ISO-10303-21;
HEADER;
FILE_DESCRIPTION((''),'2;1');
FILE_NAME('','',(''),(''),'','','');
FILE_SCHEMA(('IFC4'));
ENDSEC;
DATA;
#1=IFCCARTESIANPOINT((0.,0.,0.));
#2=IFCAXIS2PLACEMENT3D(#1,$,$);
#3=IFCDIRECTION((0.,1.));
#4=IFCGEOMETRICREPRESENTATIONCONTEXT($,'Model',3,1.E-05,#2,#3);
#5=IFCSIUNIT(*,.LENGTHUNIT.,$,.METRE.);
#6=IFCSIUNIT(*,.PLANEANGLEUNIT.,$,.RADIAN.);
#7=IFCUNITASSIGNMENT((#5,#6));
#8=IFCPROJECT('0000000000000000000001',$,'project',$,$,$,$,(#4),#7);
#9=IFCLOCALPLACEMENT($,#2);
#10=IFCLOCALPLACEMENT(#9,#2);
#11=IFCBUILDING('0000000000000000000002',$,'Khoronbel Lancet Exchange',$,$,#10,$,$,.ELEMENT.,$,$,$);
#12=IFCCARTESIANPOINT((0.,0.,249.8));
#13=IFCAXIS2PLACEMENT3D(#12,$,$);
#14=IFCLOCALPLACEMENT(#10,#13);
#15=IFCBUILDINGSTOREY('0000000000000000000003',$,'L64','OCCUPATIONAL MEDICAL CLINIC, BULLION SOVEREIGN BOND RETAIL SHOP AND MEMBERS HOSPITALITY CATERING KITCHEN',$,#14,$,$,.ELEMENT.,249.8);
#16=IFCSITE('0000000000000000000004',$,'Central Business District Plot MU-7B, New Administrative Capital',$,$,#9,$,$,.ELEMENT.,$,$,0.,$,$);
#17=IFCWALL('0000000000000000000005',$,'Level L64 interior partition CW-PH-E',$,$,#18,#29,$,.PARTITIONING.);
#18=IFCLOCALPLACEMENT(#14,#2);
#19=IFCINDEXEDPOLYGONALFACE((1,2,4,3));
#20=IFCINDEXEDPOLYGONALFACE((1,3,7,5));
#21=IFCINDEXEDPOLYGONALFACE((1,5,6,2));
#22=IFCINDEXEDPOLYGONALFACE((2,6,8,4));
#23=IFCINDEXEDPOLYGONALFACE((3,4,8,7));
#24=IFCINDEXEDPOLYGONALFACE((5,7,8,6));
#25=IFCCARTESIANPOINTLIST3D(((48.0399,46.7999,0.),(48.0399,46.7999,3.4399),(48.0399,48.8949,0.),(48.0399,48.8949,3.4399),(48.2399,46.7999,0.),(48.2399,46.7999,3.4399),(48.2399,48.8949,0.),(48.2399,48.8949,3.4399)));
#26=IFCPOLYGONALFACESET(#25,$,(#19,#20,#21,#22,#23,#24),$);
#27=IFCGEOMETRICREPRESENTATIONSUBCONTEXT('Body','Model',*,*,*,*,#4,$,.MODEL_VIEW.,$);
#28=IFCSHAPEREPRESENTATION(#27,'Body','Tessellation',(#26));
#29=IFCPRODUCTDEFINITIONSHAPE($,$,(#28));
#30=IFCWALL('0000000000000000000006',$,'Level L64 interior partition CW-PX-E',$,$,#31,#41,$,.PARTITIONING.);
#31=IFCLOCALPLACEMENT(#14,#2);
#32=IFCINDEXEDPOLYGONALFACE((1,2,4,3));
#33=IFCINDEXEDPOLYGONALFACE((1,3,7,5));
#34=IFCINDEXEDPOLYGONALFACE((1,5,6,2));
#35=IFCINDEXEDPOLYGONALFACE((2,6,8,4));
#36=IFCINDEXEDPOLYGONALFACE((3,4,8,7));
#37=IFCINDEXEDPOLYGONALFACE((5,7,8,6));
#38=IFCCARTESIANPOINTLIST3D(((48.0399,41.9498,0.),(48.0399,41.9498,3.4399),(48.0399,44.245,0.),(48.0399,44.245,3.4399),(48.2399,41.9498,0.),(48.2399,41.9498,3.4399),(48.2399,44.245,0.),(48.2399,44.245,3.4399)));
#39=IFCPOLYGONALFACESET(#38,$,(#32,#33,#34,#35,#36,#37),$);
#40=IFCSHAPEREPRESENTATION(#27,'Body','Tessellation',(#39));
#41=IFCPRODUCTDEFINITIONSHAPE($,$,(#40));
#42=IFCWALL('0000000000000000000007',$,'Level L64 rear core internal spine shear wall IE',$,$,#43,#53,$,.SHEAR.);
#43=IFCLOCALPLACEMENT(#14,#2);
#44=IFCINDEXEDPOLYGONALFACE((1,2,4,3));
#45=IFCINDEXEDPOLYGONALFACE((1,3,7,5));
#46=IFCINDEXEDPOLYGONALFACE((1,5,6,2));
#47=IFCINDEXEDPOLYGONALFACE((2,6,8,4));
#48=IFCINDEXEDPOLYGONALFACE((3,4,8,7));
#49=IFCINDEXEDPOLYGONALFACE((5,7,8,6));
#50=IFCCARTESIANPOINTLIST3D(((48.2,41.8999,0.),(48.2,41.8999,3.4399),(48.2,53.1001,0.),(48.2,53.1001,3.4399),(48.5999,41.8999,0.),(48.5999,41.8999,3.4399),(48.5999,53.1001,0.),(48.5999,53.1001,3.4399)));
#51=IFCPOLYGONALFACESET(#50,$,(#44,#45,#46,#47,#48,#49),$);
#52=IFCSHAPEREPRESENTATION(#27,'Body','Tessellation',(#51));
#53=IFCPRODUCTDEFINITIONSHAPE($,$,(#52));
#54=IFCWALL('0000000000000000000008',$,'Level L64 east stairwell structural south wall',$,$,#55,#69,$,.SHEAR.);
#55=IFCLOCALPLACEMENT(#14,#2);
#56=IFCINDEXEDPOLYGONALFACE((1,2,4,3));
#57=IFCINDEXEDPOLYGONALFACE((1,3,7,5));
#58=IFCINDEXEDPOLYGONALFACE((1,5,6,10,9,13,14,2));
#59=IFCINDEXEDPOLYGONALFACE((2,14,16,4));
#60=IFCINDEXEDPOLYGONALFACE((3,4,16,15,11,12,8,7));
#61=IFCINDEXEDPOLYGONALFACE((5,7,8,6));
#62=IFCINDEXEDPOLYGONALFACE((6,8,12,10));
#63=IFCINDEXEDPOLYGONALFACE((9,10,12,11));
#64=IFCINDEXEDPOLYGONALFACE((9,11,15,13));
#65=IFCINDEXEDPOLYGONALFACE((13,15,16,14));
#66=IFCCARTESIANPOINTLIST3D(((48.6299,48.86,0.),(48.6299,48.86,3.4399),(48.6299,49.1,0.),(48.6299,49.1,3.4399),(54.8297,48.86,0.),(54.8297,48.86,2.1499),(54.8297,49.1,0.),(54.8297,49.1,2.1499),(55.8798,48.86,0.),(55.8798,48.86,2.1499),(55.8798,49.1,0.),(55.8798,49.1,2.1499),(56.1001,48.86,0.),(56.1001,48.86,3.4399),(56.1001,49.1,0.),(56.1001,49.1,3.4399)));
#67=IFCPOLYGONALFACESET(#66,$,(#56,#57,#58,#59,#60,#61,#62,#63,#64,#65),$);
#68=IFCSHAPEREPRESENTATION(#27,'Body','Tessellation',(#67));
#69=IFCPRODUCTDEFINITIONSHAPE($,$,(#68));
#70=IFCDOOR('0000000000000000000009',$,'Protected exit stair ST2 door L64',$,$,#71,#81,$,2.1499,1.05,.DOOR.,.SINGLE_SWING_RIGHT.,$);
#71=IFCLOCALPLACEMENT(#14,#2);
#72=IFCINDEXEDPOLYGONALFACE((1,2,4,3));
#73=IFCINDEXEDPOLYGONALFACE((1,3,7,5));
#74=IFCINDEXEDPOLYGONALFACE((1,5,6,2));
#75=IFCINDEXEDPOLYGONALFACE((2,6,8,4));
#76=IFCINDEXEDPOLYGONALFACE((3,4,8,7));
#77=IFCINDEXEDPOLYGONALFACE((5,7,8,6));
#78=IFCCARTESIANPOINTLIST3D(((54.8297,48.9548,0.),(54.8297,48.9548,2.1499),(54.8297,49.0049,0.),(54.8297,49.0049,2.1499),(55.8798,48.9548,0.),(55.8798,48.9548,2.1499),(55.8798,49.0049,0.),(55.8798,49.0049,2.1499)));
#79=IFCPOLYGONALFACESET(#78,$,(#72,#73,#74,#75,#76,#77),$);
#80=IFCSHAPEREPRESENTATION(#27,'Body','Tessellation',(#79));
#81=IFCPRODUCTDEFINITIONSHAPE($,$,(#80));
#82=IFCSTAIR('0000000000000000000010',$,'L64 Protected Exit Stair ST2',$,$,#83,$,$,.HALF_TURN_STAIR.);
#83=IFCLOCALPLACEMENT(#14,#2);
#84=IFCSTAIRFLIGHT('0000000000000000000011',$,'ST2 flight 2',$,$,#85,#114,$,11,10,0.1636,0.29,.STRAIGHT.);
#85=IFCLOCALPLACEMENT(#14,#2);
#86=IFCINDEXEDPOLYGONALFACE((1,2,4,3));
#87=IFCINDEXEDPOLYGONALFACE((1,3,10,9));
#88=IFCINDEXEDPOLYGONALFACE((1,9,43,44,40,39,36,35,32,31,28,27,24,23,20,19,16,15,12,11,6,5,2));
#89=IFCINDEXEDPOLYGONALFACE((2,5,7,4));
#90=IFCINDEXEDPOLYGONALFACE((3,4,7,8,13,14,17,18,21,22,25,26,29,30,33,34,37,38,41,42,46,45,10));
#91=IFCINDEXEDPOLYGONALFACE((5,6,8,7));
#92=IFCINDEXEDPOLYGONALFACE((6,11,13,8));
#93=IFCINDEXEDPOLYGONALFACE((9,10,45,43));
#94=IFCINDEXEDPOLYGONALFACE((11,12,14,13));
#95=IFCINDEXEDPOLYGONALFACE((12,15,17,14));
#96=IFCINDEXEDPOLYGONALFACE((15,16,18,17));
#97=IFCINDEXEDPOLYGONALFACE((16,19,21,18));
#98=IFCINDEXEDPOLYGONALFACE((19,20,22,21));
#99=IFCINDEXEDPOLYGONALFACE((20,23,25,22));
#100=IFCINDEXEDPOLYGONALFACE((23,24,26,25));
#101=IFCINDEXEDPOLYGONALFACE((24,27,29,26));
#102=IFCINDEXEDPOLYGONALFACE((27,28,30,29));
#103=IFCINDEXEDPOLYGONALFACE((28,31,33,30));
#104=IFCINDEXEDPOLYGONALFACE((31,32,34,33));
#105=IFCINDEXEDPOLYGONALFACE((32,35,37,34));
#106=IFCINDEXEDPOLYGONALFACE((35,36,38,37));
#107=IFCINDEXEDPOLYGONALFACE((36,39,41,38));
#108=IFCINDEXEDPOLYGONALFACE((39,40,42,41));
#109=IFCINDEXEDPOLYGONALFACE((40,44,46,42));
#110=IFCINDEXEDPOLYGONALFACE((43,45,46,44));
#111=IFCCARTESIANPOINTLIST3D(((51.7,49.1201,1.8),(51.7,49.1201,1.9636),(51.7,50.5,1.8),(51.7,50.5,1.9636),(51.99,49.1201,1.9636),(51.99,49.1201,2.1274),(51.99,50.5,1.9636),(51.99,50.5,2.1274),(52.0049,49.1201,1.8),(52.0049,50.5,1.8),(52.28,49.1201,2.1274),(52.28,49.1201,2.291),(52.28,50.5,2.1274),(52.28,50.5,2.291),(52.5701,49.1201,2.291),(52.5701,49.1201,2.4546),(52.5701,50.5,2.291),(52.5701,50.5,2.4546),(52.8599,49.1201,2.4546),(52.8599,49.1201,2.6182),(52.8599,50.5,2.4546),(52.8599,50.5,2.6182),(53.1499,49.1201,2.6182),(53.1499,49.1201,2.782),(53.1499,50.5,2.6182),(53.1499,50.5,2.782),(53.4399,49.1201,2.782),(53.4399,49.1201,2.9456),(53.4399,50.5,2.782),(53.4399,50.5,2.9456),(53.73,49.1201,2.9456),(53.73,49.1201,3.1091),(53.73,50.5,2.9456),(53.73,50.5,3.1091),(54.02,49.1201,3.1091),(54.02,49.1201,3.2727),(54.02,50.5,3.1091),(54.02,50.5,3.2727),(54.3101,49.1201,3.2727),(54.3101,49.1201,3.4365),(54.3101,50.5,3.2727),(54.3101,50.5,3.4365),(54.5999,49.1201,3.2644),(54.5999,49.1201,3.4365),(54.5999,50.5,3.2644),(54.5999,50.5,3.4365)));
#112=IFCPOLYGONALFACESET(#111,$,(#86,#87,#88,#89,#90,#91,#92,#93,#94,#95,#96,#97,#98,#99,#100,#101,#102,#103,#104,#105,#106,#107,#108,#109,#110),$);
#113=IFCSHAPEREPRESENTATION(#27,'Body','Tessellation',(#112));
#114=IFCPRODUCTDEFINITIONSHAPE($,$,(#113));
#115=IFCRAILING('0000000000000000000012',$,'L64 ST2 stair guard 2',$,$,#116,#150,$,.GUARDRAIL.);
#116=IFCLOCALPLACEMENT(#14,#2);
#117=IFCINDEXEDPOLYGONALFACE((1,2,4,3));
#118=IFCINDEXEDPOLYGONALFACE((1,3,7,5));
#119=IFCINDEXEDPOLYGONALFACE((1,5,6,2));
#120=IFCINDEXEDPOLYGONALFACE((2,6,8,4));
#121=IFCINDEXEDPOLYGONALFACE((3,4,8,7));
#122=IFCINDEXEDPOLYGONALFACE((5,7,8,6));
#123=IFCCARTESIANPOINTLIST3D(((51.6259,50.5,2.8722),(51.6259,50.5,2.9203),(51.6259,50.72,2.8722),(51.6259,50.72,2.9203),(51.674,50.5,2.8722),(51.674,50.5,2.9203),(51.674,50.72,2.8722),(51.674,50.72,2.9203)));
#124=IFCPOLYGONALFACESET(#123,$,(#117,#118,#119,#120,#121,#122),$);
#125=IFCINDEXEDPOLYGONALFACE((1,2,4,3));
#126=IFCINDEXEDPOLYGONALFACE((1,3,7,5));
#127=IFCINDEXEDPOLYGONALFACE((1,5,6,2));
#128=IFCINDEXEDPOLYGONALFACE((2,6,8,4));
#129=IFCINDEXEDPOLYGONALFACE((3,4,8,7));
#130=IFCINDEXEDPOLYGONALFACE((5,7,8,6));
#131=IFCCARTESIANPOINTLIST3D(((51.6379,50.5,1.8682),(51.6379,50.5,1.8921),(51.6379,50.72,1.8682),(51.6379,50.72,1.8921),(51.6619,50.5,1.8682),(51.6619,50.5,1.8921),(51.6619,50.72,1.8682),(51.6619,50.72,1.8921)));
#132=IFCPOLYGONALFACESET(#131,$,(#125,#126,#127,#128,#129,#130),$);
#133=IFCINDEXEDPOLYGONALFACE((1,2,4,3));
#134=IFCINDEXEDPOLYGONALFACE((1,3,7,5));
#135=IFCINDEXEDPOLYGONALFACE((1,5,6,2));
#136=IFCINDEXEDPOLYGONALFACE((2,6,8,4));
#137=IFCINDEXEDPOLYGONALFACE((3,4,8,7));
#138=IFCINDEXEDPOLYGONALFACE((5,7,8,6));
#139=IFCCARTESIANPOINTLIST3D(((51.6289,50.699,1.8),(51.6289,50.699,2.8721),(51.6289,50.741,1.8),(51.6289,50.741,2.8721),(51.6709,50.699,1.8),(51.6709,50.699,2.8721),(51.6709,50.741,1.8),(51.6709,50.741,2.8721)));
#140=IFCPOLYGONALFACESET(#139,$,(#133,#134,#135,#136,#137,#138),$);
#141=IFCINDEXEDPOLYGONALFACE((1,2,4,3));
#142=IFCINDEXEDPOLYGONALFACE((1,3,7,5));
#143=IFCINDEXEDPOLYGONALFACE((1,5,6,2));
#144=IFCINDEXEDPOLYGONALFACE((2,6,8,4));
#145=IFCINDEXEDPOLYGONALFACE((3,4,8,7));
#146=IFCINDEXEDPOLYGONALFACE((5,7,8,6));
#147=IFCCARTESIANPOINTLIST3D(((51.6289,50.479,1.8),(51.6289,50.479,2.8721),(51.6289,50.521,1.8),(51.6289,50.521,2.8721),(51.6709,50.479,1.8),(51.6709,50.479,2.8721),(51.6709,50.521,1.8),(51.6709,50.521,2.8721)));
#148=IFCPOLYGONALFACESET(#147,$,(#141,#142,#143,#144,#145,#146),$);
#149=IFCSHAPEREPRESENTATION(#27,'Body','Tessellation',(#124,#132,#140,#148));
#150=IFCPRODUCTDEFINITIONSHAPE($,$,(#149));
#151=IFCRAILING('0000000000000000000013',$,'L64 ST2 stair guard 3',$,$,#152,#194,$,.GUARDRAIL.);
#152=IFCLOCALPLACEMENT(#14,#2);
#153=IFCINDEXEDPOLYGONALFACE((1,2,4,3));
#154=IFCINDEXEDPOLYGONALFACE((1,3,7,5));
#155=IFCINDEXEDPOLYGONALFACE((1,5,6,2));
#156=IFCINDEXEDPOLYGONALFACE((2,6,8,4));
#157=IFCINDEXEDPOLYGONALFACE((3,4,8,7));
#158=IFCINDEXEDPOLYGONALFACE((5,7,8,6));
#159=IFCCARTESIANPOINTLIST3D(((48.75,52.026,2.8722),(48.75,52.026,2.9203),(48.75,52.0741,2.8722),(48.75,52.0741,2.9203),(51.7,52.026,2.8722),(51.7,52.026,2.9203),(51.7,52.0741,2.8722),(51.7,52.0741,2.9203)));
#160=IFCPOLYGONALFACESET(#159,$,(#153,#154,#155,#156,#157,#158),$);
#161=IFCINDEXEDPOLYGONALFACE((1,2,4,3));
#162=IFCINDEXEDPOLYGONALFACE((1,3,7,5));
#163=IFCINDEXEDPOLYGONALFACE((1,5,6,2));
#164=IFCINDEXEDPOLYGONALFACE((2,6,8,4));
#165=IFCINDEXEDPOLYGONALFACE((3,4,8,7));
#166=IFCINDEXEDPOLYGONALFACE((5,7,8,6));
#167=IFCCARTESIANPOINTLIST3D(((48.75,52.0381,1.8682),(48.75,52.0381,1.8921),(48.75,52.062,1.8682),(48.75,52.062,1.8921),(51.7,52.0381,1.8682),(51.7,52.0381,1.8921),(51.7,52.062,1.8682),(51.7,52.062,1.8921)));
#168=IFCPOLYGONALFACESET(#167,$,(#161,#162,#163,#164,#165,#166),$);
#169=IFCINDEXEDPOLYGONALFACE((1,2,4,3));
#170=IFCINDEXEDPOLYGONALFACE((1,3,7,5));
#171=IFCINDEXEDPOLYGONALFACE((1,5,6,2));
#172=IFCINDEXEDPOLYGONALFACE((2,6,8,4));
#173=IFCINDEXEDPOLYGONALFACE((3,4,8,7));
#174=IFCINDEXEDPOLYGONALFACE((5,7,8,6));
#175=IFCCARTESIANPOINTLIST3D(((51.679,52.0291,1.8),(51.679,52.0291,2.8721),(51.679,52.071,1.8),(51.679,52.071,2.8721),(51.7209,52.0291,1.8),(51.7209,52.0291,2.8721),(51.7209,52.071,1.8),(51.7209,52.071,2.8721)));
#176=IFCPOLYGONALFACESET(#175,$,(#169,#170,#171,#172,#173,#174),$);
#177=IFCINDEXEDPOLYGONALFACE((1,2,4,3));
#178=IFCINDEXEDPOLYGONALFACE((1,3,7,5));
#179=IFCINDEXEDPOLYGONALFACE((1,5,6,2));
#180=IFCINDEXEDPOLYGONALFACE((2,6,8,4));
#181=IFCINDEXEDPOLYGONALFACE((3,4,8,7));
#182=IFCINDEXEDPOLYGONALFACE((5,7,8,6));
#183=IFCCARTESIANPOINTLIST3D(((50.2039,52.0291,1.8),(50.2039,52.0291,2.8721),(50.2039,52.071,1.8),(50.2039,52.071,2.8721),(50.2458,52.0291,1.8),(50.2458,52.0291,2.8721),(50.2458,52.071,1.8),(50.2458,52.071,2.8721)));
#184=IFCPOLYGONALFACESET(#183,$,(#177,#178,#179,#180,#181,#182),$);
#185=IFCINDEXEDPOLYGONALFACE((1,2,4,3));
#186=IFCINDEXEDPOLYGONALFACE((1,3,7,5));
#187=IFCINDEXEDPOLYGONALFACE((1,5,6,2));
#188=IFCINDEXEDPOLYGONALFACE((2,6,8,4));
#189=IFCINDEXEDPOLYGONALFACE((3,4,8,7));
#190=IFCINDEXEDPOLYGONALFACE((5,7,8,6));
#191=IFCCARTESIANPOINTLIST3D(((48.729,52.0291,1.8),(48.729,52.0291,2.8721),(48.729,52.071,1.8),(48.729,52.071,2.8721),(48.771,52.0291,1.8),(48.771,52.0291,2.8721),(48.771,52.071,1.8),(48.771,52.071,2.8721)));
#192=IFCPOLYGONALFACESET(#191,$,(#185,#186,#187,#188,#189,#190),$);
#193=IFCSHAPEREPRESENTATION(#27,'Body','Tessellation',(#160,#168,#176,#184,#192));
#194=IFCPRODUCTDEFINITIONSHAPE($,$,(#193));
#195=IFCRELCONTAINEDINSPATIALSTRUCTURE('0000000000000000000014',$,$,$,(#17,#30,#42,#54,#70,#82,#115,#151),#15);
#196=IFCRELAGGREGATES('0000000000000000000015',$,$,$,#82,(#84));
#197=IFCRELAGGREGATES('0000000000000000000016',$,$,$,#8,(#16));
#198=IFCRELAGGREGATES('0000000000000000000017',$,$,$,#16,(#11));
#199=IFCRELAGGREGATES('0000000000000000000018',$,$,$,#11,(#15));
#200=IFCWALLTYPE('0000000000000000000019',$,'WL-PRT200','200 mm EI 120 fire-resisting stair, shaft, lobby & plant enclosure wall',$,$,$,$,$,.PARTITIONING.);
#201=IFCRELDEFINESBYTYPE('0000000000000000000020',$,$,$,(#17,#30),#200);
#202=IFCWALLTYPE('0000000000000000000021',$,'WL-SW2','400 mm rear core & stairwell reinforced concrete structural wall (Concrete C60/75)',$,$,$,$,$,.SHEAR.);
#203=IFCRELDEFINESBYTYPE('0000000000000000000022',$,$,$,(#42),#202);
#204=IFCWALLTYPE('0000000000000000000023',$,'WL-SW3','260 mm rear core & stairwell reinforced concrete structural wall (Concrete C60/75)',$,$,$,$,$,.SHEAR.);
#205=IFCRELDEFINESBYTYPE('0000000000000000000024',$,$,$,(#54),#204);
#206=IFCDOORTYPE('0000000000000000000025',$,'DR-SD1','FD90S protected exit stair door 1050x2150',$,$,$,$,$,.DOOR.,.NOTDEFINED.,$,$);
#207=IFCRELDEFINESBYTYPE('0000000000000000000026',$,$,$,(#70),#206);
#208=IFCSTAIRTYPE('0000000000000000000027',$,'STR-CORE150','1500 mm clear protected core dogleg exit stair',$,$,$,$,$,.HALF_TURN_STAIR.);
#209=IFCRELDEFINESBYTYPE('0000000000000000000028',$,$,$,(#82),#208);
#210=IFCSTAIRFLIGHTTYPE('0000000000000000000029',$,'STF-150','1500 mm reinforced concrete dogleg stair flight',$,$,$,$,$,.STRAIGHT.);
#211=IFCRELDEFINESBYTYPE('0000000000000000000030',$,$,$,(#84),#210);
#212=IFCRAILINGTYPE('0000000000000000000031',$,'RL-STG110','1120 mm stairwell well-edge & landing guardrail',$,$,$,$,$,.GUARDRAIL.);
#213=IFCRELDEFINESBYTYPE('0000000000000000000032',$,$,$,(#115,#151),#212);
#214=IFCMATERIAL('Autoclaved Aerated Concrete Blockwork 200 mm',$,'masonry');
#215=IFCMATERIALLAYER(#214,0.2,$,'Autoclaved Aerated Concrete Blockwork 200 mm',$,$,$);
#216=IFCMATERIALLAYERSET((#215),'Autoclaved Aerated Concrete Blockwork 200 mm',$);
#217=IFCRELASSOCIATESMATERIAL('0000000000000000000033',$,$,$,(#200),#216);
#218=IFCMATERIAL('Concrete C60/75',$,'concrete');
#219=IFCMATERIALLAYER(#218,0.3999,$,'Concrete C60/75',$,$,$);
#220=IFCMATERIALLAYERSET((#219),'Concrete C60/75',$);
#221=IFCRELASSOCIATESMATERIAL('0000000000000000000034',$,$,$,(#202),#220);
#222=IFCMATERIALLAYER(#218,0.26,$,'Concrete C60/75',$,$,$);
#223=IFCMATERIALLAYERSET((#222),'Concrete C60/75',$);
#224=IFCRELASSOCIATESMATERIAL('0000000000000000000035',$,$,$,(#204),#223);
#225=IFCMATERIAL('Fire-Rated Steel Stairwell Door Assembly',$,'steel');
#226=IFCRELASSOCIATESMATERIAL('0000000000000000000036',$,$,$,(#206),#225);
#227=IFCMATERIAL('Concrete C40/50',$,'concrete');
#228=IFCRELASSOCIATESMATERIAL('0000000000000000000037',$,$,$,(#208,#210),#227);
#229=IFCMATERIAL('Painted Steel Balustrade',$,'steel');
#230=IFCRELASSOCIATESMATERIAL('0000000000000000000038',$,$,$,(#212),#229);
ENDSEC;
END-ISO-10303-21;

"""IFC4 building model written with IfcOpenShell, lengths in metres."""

from ifc_helpers import new_model, si_unit, direction, frame, frame_2d, origin, origin_2d, place, context, subcontext, project, spatial, polyline, rectangle, outline, extrude, material, layer, layer_set, type_object, element, fill, aggregate, save


model = new_model("IFC4")

# Units and contexts
model_context = context("Model", 3, precision=1e-05, world=origin(), true_north=direction((0.0, 1.0)))
body_context = subcontext(model_context, "Body", "Model", "MODEL_VIEW")
ifc_project = project(units=[si_unit("LENGTHUNIT", "METRE"), si_unit("PLANEANGLEUNIT", "RADIAN")], contexts=[model_context])

# Site, building, storey
site_placement = place(None, origin())
site = spatial("IfcSite", under=ifc_project, at=site_placement, Name="Central Business District Plot MU-7B, New Administrative Capital", CompositionType="ELEMENT", RefElevation=0.0)
building_placement = place(site_placement, origin())
building = spatial("IfcBuilding", under=site, at=building_placement, Name="Khoronbel Lancet Exchange", CompositionType="ELEMENT")
storey_placement = place(building_placement, frame((0.0, 0.0, 249.8)))
storey = spatial("IfcBuildingStorey", under=building, at=storey_placement, Name="L64", Description="OCCUPATIONAL MEDICAL CLINIC, BULLION SOVEREIGN BOND RETAIL SHOP AND MEMBERS HOSPITALITY CATERING KITCHEN", CompositionType="ELEMENT", Elevation=249.8)

# Shared definitions
ifc_material_1 = material(Name="Autoclaved Aerated Concrete Blockwork 200 mm", Category="masonry")
ifc_layer_1 = layer(ifc_material_1, 0.2, Name="Autoclaved Aerated Concrete Blockwork 200 mm")
ifc_layer_set_1 = layer_set([ifc_layer_1], Name="Autoclaved Aerated Concrete Blockwork 200 mm")
wall_type_1 = type_object("IfcWallType", Name="WL-PRT200", Description="200 mm EI 120 fire-resisting stair, shaft, lobby & plant enclosure wall", PredefinedType="PARTITIONING", material=ifc_layer_set_1)

# Walls
wall_1_placement = place(storey_placement, frame((48.1399, 46.8, 0.0), z_axis=(0.0, 0.0, 1.0), x_axis=(0.0, 1.0, 0.0)))
element("IfcWall", 1, at=wall_1_placement, inside=storey, type_object=wall_type_1, Name="Level L64 interior partition CW-PH-E", PredefinedType="PARTITIONING", context=body_context, shape_type="SweptSolid", body=[
    extrude(rectangle(XDim=2.095, YDim=0.2, at=frame_2d((1.0474, 0.0))), origin(), (0.0, 0.0, 1.0), 3.4399),
])
wall_2_placement = place(storey_placement, frame((48.1399, 41.95, 0.0), z_axis=(0.0, 0.0, 1.0), x_axis=(0.0, 1.0, 0.0)))
element("IfcWall", 2, at=wall_2_placement, inside=storey, type_object=wall_type_1, Name="Level L64 interior partition CW-PX-E", PredefinedType="PARTITIONING", context=body_context, shape_type="SweptSolid", body=[
    extrude(rectangle(XDim=2.2952, YDim=0.2, at=frame_2d((1.1475, 0.0))), origin(), (0.0, 0.0, 1.0), 3.4399),
])
ifc_material_2 = material(Name="Concrete C60/75", Category="concrete")
ifc_layer_2 = layer(ifc_material_2, 0.3999, Name="Concrete C60/75")
ifc_layer_set_2 = layer_set([ifc_layer_2], Name="Concrete C60/75")
wall_type_2 = type_object("IfcWallType", Name="WL-SW2", Description="400 mm rear core & stairwell reinforced concrete structural wall (Concrete C60/75)", PredefinedType="SHEAR", material=ifc_layer_set_2)
wall_3_placement = place(storey_placement, frame((48.3999, 41.8999, 0.0), z_axis=(0.0, 0.0, 1.0), x_axis=(0.0, 1.0, 0.0)))
element("IfcWall", 3, at=wall_3_placement, inside=storey, type_object=wall_type_2, Name="Level L64 rear core internal spine shear wall IE", PredefinedType="SHEAR", context=body_context, shape_type="SweptSolid", body=[
    extrude(rectangle(XDim=11.2002, YDim=0.3999, at=frame_2d((5.6001, 0.0))), origin(), (0.0, 0.0, 1.0), 3.4399),
])

# Wall, opening, door
ifc_layer_3 = layer(ifc_material_2, 0.26, Name="Concrete C60/75")
ifc_layer_set_3 = layer_set([ifc_layer_3], Name="Concrete C60/75")
wall_type_3 = type_object("IfcWallType", Name="WL-SW3", Description="260 mm rear core & stairwell reinforced concrete structural wall (Concrete C60/75)", PredefinedType="SHEAR", material=ifc_layer_set_3)
wall_4_placement = place(storey_placement, frame((48.6299, 48.98, 0.0), z_axis=(0.0, 0.0, 1.0), x_axis=(1.0, 0.0, 0.0)))
wall_4 = element("IfcWall", 4, at=wall_4_placement, inside=storey, type_object=wall_type_3, Name="Level L64 east stairwell structural south wall", PredefinedType="SHEAR", context=body_context, shape_type="SweptSolid", body=[
    extrude(rectangle(XDim=7.4702, YDim=0.24, at=frame_2d((3.7351, 0.0))), origin(), (0.0, 0.0, 1.0), 3.4399),
])
opening_1_placement = place(wall_4_placement, frame((6.2, 0.0, 0.0)))
opening_1 = element("IfcOpeningElement", 5, at=opening_1_placement, cuts=wall_4, PredefinedType="OPENING", context=body_context, shape_type="SweptSolid", body=[
    extrude(rectangle(XDim=1.05, YDim=2.1499, at=frame_2d((0.5249, 1.075))), frame((0.0, 0.1299, 0.0), z_axis=(0.0, -1.0, 0.0), x_axis=(1.0, 0.0, 0.0)), (0.0, 0.0, 1.0), 0.26),
])
ifc_material_3 = material(Name="Fire-Rated Steel Stairwell Door Assembly", Category="steel")
door_type_1 = type_object("IfcDoorType", Name="DR-SD1", Description="FD90S protected exit stair door 1050x2150", OperationType="NOTDEFINED", PredefinedType="DOOR", material=ifc_material_3)
door_1_placement = place(opening_1_placement, origin())
door_1 = element("IfcDoor", 6, at=door_1_placement, inside=storey, type_object=door_type_1, Name="Protected exit stair ST2 door L64", OperationType="SINGLE_SWING_RIGHT", OverallHeight=2.1499, OverallWidth=1.05, PredefinedType="DOOR", context=body_context, shape_type="SweptSolid", body=[
    extrude(rectangle(XDim=1.05, YDim=2.1499, at=frame_2d((0.5249, 1.075))), frame((0.0, 0.0249, 0.0), z_axis=(0.0, -1.0, 0.0), x_axis=(1.0, 0.0, 0.0)), (0.0, 0.0, 1.0), 0.05),
])
fill(opening_1, door_1)

# Stair, stair flight
ifc_material_4 = material(Name="Concrete C40/50", Category="concrete")
stair_type = type_object("IfcStairType", Name="STR-CORE150", Description="1500 mm clear protected core dogleg exit stair", PredefinedType="HALF_TURN_STAIR", material=ifc_material_4)
stair_placement = place(storey_placement, origin())
stair = element("IfcStair", 7, at=stair_placement, inside=storey, type_object=stair_type, Name="L64 Protected Exit Stair ST2", PredefinedType="HALF_TURN_STAIR")
stair_flight_type = type_object("IfcStairFlightType", Name="STF-150", Description="1500 mm reinforced concrete dogleg stair flight", PredefinedType="STRAIGHT", material=ifc_material_4)
stair_flight_placement = place(storey_placement, frame((51.7, 49.8101, 1.8), z_axis=(0.0, 0.0, 1.0), x_axis=(1.0, 0.0, 0.0)))
stair_flight = element("IfcStairFlight", 8, at=stair_flight_placement, type_object=stair_flight_type, Name="ST2 flight 2", NumberOfRisers=11, NumberOfTreads=10, PredefinedType="STRAIGHT", RiserHeight=0.1636, TreadLength=0.29, context=body_context, shape_type="SweptSolid", body=[
    extrude(outline(polyline([(0.0, 0.0), (0.0, 0.1636), (0.29, 0.1636), (0.29, 0.3274), (0.5801, 0.3274), (0.5801, 0.491), (0.8701, 0.491), (0.8701, 0.6545), (1.1599, 0.6545), (1.1599, 0.8181), (1.45, 0.8181), (1.45, 0.9819), (1.74, 0.9819), (1.74, 1.1455), (2.03, 1.1455), (2.03, 1.3091), (2.3201, 1.3091), (2.3201, 1.4727), (2.6101, 1.4727), (2.6101, 1.6365), (2.8999, 1.6365), (2.8999, 1.8), (2.8999, 1.4644), (0.3049, 0.0), (0.0, 0.0)])), frame((0.0, 0.6899, 0.0), z_axis=(0.0, -1.0, 0.0), x_axis=(1.0, 0.0, 0.0)), (0.0, 0.0, 1.0), 1.3799),
])
aggregate(stair, [stair_flight])

# Railings
ifc_material_5 = material(Name="Painted Steel Balustrade", Category="steel")
railing_type_1 = type_object("IfcRailingType", Name="RL-STG110", Description="1120 mm stairwell well-edge & landing guardrail", PredefinedType="GUARDRAIL", material=ifc_material_5)
railing_1_placement = place(storey_placement, frame((51.6499, 50.72, 1.8)))
element("IfcRailing", 9, at=railing_1_placement, inside=storey, type_object=railing_type_1, Name="L64 ST2 stair guard 2", PredefinedType="GUARDRAIL", context=body_context, shape_type="SweptSolid", body=[
    extrude(rectangle(XDim=0.0481, YDim=0.0481, at=origin_2d()), frame((0.0, 0.0, 1.0962), z_axis=(0.0, -1.0, 0.0), x_axis=(1.0, 0.0, 0.0)), (0.0, 0.0, 1.0), 0.22),
    extrude(rectangle(XDim=0.0239, YDim=0.0239, at=origin_2d()), frame((0.0, 0.0, 0.0801), z_axis=(0.0, -1.0, 0.0), x_axis=(1.0, 0.0, 0.0)), (0.0, 0.0, 1.0), 0.22),
    extrude(rectangle(XDim=0.042, YDim=0.042, at=origin_2d()), origin(), (0.0, 0.0, 1.0), 1.072),
    extrude(rectangle(XDim=0.042, YDim=0.042, at=origin_2d()), frame((0.0, -0.22, 0.0)), (0.0, 0.0, 1.0), 1.072),
])
railing_2_placement = place(storey_placement, frame((51.7, 52.05, 1.8)))
element("IfcRailing", 10, at=railing_2_placement, inside=storey, type_object=railing_type_1, Name="L64 ST2 stair guard 3", PredefinedType="GUARDRAIL", context=body_context, shape_type="SweptSolid", body=[
    extrude(rectangle(XDim=0.0481, YDim=0.0481, at=origin_2d()), frame((0.0, 0.0, 1.0962), z_axis=(-1.0, 0.0, 0.0), x_axis=(0.0, -1.0, 0.0)), (0.0, 0.0, 1.0), 2.95),
    extrude(rectangle(XDim=0.0239, YDim=0.0239, at=origin_2d()), frame((0.0, 0.0, 0.0801), z_axis=(-1.0, 0.0, 0.0), x_axis=(0.0, -1.0, 0.0)), (0.0, 0.0, 1.0), 2.95),
    extrude(rectangle(XDim=0.042, YDim=0.042, at=origin_2d()), origin(), (0.0, 0.0, 1.0), 1.072),
    extrude(rectangle(XDim=0.042, YDim=0.042, at=origin_2d()), frame((-1.4751, 0.0, 0.0)), (0.0, 0.0, 1.0), 1.072),
    extrude(rectangle(XDim=0.042, YDim=0.042, at=origin_2d()), frame((-2.95, 0.0, 0.0)), (0.0, 0.0, 1.0), 1.072),
])

save(model, "model.ifc")
